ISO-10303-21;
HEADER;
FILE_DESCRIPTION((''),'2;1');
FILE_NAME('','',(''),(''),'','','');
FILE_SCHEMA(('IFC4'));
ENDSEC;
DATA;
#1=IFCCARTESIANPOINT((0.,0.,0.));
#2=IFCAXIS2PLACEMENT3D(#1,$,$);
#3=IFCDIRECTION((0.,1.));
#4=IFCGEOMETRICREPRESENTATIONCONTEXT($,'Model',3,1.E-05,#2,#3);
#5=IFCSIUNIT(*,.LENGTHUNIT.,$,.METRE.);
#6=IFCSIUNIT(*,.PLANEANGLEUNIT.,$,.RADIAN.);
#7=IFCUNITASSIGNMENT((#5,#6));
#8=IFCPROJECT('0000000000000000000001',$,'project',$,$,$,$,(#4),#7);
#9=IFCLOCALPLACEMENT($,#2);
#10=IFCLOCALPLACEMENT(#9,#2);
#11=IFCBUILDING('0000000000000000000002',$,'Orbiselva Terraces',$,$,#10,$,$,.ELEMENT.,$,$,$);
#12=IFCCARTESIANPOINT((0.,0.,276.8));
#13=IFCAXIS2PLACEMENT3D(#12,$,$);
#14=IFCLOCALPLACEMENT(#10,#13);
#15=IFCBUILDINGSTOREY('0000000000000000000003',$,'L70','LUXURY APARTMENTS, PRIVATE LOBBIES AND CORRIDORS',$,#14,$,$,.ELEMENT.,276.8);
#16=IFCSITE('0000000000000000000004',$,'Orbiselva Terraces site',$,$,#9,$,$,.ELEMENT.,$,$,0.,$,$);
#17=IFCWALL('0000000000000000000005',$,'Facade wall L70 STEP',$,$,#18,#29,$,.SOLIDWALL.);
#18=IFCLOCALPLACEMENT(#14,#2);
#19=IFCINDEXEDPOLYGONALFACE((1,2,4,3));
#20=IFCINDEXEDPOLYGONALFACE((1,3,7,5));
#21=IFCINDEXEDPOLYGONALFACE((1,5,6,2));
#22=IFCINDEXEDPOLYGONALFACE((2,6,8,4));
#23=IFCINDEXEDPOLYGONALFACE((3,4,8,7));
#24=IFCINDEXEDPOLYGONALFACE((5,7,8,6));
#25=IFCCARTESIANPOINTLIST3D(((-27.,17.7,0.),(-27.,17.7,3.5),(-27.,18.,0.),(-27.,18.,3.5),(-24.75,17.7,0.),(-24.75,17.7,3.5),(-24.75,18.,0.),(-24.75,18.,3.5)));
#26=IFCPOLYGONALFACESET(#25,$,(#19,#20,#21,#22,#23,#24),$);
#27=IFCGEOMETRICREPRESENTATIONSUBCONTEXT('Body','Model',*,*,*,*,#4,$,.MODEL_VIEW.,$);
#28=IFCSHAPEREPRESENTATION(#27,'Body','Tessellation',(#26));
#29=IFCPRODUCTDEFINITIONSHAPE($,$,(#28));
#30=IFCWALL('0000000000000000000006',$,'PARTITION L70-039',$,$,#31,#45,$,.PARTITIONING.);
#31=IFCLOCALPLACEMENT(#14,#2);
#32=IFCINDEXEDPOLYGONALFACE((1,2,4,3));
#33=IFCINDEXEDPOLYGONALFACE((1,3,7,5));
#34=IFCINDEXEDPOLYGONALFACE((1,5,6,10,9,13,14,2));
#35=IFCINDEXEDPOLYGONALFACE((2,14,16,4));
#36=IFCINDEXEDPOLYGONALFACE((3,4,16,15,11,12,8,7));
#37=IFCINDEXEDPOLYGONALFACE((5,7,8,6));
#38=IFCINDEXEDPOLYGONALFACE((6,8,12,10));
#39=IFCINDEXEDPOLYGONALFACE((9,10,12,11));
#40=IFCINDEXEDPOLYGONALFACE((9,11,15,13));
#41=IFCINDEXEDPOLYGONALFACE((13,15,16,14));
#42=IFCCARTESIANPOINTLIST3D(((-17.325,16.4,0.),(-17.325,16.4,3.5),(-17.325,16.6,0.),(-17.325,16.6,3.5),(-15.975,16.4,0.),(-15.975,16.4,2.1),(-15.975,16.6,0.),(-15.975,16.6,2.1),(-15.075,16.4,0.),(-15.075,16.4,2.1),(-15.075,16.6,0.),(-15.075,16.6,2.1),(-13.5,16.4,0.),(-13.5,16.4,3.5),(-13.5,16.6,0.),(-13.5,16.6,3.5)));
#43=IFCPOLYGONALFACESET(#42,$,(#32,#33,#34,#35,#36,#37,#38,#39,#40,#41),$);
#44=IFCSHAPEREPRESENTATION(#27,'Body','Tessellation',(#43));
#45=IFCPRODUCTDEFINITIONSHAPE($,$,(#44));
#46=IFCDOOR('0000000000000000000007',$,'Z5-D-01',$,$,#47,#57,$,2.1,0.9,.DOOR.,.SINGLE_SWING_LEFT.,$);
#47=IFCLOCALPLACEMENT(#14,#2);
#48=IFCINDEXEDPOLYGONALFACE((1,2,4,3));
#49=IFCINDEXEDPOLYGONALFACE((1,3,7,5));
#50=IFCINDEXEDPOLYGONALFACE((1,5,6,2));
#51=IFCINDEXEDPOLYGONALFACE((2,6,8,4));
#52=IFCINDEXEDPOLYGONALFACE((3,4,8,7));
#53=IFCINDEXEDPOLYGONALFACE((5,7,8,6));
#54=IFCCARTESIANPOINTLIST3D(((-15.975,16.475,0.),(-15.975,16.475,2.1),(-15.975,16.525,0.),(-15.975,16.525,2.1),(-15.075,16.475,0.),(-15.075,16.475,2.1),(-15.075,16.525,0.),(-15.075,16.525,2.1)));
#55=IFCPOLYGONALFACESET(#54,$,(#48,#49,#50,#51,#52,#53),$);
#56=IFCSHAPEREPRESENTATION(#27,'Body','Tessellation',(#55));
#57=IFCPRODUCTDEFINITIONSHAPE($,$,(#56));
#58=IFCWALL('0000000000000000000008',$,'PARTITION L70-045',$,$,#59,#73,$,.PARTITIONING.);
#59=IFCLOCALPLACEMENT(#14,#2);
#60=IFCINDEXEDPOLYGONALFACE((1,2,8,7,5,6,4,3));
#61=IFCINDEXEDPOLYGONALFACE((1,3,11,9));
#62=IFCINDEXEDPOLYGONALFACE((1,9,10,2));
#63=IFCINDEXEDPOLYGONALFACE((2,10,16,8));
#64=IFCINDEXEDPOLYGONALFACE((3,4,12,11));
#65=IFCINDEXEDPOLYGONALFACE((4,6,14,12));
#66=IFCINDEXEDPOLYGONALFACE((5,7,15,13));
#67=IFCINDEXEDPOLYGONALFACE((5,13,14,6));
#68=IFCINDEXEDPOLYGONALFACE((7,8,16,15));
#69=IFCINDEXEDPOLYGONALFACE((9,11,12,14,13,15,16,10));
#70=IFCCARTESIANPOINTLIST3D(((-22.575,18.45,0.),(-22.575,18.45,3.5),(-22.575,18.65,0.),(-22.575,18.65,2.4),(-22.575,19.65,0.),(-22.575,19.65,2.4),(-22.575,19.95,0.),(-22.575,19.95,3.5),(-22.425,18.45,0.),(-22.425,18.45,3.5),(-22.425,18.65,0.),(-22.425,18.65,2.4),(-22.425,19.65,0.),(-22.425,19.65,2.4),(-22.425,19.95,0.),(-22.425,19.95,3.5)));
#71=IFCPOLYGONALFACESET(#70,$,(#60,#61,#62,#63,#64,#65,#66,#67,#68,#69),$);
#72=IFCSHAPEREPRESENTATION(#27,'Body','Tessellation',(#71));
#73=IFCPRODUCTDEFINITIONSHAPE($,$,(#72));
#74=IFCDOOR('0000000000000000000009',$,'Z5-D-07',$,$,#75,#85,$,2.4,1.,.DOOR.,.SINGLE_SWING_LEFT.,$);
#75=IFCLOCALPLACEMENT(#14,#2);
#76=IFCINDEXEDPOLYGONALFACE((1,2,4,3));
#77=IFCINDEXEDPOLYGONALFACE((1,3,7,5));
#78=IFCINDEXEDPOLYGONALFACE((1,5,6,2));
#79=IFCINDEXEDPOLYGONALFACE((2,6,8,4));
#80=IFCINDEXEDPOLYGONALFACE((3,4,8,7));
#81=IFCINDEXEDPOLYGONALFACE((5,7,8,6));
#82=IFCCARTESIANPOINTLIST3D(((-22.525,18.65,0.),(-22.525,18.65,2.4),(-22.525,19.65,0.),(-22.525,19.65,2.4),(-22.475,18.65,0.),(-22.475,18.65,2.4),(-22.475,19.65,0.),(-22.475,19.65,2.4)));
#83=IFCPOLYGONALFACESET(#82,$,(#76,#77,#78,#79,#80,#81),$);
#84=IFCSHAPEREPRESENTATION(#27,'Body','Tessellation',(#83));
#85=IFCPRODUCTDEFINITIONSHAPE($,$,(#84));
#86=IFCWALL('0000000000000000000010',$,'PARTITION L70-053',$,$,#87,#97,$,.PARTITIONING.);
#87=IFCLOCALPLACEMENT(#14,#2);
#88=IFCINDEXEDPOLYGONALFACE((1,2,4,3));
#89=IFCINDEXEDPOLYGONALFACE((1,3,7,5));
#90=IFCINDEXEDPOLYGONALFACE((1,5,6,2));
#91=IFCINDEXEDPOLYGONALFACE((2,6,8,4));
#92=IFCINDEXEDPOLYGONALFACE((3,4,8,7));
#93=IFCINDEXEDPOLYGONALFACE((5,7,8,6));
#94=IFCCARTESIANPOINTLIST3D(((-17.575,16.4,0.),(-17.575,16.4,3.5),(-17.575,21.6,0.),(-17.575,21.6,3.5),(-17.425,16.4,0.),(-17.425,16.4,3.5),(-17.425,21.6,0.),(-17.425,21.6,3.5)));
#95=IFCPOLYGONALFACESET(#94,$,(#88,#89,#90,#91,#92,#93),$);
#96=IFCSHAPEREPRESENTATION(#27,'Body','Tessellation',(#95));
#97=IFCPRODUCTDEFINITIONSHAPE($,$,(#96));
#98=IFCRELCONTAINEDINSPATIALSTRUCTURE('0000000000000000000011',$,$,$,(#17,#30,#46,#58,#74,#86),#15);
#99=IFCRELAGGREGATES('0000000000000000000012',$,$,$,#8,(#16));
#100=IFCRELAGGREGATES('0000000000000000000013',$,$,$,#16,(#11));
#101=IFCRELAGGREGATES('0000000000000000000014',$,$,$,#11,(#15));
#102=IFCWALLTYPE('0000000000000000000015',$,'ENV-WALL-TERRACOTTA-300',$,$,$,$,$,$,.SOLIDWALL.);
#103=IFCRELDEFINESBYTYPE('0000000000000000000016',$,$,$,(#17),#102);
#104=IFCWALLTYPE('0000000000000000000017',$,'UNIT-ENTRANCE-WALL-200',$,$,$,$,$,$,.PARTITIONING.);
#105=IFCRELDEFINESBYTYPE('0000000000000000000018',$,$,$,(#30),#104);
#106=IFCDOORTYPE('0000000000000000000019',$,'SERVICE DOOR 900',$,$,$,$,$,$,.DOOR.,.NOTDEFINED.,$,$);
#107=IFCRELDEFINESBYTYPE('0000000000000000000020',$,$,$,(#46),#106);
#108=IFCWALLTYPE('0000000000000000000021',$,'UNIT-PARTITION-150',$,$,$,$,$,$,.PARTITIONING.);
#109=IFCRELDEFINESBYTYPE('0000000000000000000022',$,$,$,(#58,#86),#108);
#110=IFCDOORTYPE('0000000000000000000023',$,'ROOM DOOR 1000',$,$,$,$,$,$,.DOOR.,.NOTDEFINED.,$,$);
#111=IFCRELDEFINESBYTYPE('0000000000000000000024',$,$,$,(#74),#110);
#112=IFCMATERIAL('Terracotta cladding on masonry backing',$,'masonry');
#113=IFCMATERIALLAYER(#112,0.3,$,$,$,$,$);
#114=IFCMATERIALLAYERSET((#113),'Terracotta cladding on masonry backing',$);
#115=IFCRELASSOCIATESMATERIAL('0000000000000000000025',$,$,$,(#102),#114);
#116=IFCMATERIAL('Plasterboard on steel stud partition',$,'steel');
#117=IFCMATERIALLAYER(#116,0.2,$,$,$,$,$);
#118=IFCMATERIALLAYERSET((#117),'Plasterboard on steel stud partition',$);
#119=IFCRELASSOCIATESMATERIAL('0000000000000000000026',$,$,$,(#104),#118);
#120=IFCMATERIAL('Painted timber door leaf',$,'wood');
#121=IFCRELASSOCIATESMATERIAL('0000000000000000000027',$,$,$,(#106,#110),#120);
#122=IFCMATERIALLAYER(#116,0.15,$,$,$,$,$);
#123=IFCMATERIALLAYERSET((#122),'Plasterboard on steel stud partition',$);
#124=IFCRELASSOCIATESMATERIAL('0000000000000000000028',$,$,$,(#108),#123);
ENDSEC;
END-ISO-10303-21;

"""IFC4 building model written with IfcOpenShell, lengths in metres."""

from ifc_helpers import new_model, si_unit, direction, frame, frame_2d, origin, place, context, subcontext, project, spatial, rectangle, extrude, material, layer, layer_set, type_object, element, fill, save


model = new_model("IFC4")

# Units and contexts
model_context = context("Model", 3, precision=1e-05, world=origin(), true_north=direction((0.0, 1.0)))
body_context = subcontext(model_context, "Body", "Model", "MODEL_VIEW")
ifc_project = project(units=[si_unit("LENGTHUNIT", "METRE"), si_unit("PLANEANGLEUNIT", "RADIAN")], contexts=[model_context])

# Site, building, storey
site_placement = place(None, origin())
site = spatial("IfcSite", under=ifc_project, at=site_placement, Name="Orbiselva Terraces site", CompositionType="ELEMENT", RefElevation=0.0)
building_placement = place(site_placement, origin())
building = spatial("IfcBuilding", under=site, at=building_placement, Name="Orbiselva Terraces", CompositionType="ELEMENT")
storey_placement = place(building_placement, frame((0.0, 0.0, 276.8)))
storey = spatial("IfcBuildingStorey", under=building, at=storey_placement, Name="L70", Description="LUXURY APARTMENTS, PRIVATE LOBBIES AND CORRIDORS", CompositionType="ELEMENT", Elevation=276.8)

# Shared definitions
ifc_material_1 = material(Name="Terracotta cladding on masonry backing", Category="masonry")
ifc_layer_1 = layer(ifc_material_1, 0.3)
ifc_layer_set_1 = layer_set([ifc_layer_1], Name="Terracotta cladding on masonry backing")
wall_type_1 = type_object("IfcWallType", Name="ENV-WALL-TERRACOTTA-300", PredefinedType="SOLIDWALL", material=ifc_layer_set_1)

# Wall
wall_1_placement = place(storey_placement, frame((-27.0, 17.85, 0.0), z_axis=(0.0, 0.0, 1.0), x_axis=(1.0, 0.0, 0.0)))
element("IfcWall", 1, at=wall_1_placement, inside=storey, type_object=wall_type_1, Name="Facade wall L70 STEP", PredefinedType="SOLIDWALL", context=body_context, shape_type="SweptSolid", body=[
    extrude(rectangle(XDim=2.25, YDim=0.3, at=frame_2d((1.125, 0.0))), origin(), (0.0, 0.0, 1.0), 3.5),
])

# Walls, openings, doors
ifc_material_2 = material(Name="Plasterboard on steel stud partition", Category="steel")
ifc_layer_2 = layer(ifc_material_2, 0.2)
ifc_layer_set_2 = layer_set([ifc_layer_2], Name="Plasterboard on steel stud partition")
wall_type_2 = type_object("IfcWallType", Name="UNIT-ENTRANCE-WALL-200", PredefinedType="PARTITIONING", material=ifc_layer_set_2)
wall_2_placement = place(storey_placement, frame((-17.325, 16.5, 0.0), z_axis=(0.0, 0.0, 1.0), x_axis=(1.0, 0.0, 0.0)))
wall_2 = element("IfcWall", 2, at=wall_2_placement, inside=storey, type_object=wall_type_2, Name="PARTITION L70-039", PredefinedType="PARTITIONING", context=body_context, shape_type="SweptSolid", body=[
    extrude(rectangle(XDim=3.825, YDim=0.2, at=frame_2d((1.9125, 0.0))), origin(), (0.0, 0.0, 1.0), 3.5),
])
opening_1_placement = place(wall_2_placement, frame((1.35, 0.0, 0.0)))
opening_1 = element("IfcOpeningElement", 3, at=opening_1_placement, cuts=wall_2, PredefinedType="OPENING", context=body_context, shape_type="SweptSolid", body=[
    extrude(rectangle(XDim=0.9, YDim=2.1, at=frame_2d((0.45, 1.05))), frame((0.0, 0.11, 0.0), z_axis=(0.0, -1.0, 0.0), x_axis=(1.0, 0.0, 0.0)), (0.0, 0.0, 1.0), 0.22),
])
ifc_material_3 = material(Name="Painted timber door leaf", Category="wood")
door_type_1 = type_object("IfcDoorType", Name="SERVICE DOOR 900", OperationType="NOTDEFINED", PredefinedType="DOOR", material=ifc_material_3)
door_1_placement = place(opening_1_placement, origin())
door_1 = element("IfcDoor", 4, at=door_1_placement, inside=storey, type_object=door_type_1, Name="Z5-D-01", OperationType="SINGLE_SWING_LEFT", OverallHeight=2.1, OverallWidth=0.9, PredefinedType="DOOR", context=body_context, shape_type="SweptSolid", body=[
    extrude(rectangle(XDim=0.9, YDim=2.1, at=frame_2d((0.45, 1.05))), frame((0.0, 0.025, 0.0), z_axis=(0.0, -1.0, 0.0), x_axis=(1.0, 0.0, 0.0)), (0.0, 0.0, 1.0), 0.05),
])
fill(opening_1, door_1)
ifc_layer_3 = layer(ifc_material_2, 0.15)
ifc_layer_set_3 = layer_set([ifc_layer_3], Name="Plasterboard on steel stud partition")
wall_type_3 = type_object("IfcWallType", Name="UNIT-PARTITION-150", PredefinedType="PARTITIONING", material=ifc_layer_set_3)
wall_3_placement = place(storey_placement, frame((-22.5, 18.45, 0.0), z_axis=(0.0, 0.0, 1.0), x_axis=(0.0, 1.0, 0.0)))
wall_3 = element("IfcWall", 5, at=wall_3_placement, inside=storey, type_object=wall_type_3, Name="PARTITION L70-045", PredefinedType="PARTITIONING", context=body_context, shape_type="SweptSolid", body=[
    extrude(rectangle(XDim=1.5, YDim=0.15, at=frame_2d((0.75, 0.0))), origin(), (0.0, 0.0, 1.0), 3.5),
])
opening_2_placement = place(wall_3_placement, frame((0.2, 0.0, 0.0)))
opening_2 = element("IfcOpeningElement", 6, at=opening_2_placement, cuts=wall_3, PredefinedType="OPENING", context=body_context, shape_type="SweptSolid", body=[
    extrude(rectangle(XDim=1.0, YDim=2.4, at=frame_2d((0.5, 1.2))), frame((0.0, 0.085, 0.0), z_axis=(0.0, -1.0, 0.0), x_axis=(1.0, 0.0, 0.0)), (0.0, 0.0, 1.0), 0.17),
])
door_type_2 = type_object("IfcDoorType", Name="ROOM DOOR 1000", OperationType="NOTDEFINED", PredefinedType="DOOR", material=ifc_material_3)
door_2_placement = place(opening_2_placement, origin())
door_2 = element("IfcDoor", 7, at=door_2_placement, inside=storey, type_object=door_type_2, Name="Z5-D-07", OperationType="SINGLE_SWING_LEFT", OverallHeight=2.4, OverallWidth=1.0, PredefinedType="DOOR", context=body_context, shape_type="SweptSolid", body=[
    extrude(rectangle(XDim=1.0, YDim=2.4, at=frame_2d((0.5, 1.2))), frame((0.0, 0.025, 0.0), z_axis=(0.0, -1.0, 0.0), x_axis=(1.0, 0.0, 0.0)), (0.0, 0.0, 1.0), 0.05),
])
fill(opening_2, door_2)

# Wall
wall_4_placement = place(storey_placement, frame((-17.5, 16.4, 0.0), z_axis=(0.0, 0.0, 1.0), x_axis=(0.0, 1.0, 0.0)))
element("IfcWall", 8, at=wall_4_placement, inside=storey, type_object=wall_type_3, Name="PARTITION L70-053", PredefinedType="PARTITIONING", context=body_context, shape_type="SweptSolid", body=[
    extrude(rectangle(XDim=5.2, YDim=0.15, at=frame_2d((2.6, 0.0))), origin(), (0.0, 0.0, 1.0), 3.5),
])

save(model, "model.ifc")
